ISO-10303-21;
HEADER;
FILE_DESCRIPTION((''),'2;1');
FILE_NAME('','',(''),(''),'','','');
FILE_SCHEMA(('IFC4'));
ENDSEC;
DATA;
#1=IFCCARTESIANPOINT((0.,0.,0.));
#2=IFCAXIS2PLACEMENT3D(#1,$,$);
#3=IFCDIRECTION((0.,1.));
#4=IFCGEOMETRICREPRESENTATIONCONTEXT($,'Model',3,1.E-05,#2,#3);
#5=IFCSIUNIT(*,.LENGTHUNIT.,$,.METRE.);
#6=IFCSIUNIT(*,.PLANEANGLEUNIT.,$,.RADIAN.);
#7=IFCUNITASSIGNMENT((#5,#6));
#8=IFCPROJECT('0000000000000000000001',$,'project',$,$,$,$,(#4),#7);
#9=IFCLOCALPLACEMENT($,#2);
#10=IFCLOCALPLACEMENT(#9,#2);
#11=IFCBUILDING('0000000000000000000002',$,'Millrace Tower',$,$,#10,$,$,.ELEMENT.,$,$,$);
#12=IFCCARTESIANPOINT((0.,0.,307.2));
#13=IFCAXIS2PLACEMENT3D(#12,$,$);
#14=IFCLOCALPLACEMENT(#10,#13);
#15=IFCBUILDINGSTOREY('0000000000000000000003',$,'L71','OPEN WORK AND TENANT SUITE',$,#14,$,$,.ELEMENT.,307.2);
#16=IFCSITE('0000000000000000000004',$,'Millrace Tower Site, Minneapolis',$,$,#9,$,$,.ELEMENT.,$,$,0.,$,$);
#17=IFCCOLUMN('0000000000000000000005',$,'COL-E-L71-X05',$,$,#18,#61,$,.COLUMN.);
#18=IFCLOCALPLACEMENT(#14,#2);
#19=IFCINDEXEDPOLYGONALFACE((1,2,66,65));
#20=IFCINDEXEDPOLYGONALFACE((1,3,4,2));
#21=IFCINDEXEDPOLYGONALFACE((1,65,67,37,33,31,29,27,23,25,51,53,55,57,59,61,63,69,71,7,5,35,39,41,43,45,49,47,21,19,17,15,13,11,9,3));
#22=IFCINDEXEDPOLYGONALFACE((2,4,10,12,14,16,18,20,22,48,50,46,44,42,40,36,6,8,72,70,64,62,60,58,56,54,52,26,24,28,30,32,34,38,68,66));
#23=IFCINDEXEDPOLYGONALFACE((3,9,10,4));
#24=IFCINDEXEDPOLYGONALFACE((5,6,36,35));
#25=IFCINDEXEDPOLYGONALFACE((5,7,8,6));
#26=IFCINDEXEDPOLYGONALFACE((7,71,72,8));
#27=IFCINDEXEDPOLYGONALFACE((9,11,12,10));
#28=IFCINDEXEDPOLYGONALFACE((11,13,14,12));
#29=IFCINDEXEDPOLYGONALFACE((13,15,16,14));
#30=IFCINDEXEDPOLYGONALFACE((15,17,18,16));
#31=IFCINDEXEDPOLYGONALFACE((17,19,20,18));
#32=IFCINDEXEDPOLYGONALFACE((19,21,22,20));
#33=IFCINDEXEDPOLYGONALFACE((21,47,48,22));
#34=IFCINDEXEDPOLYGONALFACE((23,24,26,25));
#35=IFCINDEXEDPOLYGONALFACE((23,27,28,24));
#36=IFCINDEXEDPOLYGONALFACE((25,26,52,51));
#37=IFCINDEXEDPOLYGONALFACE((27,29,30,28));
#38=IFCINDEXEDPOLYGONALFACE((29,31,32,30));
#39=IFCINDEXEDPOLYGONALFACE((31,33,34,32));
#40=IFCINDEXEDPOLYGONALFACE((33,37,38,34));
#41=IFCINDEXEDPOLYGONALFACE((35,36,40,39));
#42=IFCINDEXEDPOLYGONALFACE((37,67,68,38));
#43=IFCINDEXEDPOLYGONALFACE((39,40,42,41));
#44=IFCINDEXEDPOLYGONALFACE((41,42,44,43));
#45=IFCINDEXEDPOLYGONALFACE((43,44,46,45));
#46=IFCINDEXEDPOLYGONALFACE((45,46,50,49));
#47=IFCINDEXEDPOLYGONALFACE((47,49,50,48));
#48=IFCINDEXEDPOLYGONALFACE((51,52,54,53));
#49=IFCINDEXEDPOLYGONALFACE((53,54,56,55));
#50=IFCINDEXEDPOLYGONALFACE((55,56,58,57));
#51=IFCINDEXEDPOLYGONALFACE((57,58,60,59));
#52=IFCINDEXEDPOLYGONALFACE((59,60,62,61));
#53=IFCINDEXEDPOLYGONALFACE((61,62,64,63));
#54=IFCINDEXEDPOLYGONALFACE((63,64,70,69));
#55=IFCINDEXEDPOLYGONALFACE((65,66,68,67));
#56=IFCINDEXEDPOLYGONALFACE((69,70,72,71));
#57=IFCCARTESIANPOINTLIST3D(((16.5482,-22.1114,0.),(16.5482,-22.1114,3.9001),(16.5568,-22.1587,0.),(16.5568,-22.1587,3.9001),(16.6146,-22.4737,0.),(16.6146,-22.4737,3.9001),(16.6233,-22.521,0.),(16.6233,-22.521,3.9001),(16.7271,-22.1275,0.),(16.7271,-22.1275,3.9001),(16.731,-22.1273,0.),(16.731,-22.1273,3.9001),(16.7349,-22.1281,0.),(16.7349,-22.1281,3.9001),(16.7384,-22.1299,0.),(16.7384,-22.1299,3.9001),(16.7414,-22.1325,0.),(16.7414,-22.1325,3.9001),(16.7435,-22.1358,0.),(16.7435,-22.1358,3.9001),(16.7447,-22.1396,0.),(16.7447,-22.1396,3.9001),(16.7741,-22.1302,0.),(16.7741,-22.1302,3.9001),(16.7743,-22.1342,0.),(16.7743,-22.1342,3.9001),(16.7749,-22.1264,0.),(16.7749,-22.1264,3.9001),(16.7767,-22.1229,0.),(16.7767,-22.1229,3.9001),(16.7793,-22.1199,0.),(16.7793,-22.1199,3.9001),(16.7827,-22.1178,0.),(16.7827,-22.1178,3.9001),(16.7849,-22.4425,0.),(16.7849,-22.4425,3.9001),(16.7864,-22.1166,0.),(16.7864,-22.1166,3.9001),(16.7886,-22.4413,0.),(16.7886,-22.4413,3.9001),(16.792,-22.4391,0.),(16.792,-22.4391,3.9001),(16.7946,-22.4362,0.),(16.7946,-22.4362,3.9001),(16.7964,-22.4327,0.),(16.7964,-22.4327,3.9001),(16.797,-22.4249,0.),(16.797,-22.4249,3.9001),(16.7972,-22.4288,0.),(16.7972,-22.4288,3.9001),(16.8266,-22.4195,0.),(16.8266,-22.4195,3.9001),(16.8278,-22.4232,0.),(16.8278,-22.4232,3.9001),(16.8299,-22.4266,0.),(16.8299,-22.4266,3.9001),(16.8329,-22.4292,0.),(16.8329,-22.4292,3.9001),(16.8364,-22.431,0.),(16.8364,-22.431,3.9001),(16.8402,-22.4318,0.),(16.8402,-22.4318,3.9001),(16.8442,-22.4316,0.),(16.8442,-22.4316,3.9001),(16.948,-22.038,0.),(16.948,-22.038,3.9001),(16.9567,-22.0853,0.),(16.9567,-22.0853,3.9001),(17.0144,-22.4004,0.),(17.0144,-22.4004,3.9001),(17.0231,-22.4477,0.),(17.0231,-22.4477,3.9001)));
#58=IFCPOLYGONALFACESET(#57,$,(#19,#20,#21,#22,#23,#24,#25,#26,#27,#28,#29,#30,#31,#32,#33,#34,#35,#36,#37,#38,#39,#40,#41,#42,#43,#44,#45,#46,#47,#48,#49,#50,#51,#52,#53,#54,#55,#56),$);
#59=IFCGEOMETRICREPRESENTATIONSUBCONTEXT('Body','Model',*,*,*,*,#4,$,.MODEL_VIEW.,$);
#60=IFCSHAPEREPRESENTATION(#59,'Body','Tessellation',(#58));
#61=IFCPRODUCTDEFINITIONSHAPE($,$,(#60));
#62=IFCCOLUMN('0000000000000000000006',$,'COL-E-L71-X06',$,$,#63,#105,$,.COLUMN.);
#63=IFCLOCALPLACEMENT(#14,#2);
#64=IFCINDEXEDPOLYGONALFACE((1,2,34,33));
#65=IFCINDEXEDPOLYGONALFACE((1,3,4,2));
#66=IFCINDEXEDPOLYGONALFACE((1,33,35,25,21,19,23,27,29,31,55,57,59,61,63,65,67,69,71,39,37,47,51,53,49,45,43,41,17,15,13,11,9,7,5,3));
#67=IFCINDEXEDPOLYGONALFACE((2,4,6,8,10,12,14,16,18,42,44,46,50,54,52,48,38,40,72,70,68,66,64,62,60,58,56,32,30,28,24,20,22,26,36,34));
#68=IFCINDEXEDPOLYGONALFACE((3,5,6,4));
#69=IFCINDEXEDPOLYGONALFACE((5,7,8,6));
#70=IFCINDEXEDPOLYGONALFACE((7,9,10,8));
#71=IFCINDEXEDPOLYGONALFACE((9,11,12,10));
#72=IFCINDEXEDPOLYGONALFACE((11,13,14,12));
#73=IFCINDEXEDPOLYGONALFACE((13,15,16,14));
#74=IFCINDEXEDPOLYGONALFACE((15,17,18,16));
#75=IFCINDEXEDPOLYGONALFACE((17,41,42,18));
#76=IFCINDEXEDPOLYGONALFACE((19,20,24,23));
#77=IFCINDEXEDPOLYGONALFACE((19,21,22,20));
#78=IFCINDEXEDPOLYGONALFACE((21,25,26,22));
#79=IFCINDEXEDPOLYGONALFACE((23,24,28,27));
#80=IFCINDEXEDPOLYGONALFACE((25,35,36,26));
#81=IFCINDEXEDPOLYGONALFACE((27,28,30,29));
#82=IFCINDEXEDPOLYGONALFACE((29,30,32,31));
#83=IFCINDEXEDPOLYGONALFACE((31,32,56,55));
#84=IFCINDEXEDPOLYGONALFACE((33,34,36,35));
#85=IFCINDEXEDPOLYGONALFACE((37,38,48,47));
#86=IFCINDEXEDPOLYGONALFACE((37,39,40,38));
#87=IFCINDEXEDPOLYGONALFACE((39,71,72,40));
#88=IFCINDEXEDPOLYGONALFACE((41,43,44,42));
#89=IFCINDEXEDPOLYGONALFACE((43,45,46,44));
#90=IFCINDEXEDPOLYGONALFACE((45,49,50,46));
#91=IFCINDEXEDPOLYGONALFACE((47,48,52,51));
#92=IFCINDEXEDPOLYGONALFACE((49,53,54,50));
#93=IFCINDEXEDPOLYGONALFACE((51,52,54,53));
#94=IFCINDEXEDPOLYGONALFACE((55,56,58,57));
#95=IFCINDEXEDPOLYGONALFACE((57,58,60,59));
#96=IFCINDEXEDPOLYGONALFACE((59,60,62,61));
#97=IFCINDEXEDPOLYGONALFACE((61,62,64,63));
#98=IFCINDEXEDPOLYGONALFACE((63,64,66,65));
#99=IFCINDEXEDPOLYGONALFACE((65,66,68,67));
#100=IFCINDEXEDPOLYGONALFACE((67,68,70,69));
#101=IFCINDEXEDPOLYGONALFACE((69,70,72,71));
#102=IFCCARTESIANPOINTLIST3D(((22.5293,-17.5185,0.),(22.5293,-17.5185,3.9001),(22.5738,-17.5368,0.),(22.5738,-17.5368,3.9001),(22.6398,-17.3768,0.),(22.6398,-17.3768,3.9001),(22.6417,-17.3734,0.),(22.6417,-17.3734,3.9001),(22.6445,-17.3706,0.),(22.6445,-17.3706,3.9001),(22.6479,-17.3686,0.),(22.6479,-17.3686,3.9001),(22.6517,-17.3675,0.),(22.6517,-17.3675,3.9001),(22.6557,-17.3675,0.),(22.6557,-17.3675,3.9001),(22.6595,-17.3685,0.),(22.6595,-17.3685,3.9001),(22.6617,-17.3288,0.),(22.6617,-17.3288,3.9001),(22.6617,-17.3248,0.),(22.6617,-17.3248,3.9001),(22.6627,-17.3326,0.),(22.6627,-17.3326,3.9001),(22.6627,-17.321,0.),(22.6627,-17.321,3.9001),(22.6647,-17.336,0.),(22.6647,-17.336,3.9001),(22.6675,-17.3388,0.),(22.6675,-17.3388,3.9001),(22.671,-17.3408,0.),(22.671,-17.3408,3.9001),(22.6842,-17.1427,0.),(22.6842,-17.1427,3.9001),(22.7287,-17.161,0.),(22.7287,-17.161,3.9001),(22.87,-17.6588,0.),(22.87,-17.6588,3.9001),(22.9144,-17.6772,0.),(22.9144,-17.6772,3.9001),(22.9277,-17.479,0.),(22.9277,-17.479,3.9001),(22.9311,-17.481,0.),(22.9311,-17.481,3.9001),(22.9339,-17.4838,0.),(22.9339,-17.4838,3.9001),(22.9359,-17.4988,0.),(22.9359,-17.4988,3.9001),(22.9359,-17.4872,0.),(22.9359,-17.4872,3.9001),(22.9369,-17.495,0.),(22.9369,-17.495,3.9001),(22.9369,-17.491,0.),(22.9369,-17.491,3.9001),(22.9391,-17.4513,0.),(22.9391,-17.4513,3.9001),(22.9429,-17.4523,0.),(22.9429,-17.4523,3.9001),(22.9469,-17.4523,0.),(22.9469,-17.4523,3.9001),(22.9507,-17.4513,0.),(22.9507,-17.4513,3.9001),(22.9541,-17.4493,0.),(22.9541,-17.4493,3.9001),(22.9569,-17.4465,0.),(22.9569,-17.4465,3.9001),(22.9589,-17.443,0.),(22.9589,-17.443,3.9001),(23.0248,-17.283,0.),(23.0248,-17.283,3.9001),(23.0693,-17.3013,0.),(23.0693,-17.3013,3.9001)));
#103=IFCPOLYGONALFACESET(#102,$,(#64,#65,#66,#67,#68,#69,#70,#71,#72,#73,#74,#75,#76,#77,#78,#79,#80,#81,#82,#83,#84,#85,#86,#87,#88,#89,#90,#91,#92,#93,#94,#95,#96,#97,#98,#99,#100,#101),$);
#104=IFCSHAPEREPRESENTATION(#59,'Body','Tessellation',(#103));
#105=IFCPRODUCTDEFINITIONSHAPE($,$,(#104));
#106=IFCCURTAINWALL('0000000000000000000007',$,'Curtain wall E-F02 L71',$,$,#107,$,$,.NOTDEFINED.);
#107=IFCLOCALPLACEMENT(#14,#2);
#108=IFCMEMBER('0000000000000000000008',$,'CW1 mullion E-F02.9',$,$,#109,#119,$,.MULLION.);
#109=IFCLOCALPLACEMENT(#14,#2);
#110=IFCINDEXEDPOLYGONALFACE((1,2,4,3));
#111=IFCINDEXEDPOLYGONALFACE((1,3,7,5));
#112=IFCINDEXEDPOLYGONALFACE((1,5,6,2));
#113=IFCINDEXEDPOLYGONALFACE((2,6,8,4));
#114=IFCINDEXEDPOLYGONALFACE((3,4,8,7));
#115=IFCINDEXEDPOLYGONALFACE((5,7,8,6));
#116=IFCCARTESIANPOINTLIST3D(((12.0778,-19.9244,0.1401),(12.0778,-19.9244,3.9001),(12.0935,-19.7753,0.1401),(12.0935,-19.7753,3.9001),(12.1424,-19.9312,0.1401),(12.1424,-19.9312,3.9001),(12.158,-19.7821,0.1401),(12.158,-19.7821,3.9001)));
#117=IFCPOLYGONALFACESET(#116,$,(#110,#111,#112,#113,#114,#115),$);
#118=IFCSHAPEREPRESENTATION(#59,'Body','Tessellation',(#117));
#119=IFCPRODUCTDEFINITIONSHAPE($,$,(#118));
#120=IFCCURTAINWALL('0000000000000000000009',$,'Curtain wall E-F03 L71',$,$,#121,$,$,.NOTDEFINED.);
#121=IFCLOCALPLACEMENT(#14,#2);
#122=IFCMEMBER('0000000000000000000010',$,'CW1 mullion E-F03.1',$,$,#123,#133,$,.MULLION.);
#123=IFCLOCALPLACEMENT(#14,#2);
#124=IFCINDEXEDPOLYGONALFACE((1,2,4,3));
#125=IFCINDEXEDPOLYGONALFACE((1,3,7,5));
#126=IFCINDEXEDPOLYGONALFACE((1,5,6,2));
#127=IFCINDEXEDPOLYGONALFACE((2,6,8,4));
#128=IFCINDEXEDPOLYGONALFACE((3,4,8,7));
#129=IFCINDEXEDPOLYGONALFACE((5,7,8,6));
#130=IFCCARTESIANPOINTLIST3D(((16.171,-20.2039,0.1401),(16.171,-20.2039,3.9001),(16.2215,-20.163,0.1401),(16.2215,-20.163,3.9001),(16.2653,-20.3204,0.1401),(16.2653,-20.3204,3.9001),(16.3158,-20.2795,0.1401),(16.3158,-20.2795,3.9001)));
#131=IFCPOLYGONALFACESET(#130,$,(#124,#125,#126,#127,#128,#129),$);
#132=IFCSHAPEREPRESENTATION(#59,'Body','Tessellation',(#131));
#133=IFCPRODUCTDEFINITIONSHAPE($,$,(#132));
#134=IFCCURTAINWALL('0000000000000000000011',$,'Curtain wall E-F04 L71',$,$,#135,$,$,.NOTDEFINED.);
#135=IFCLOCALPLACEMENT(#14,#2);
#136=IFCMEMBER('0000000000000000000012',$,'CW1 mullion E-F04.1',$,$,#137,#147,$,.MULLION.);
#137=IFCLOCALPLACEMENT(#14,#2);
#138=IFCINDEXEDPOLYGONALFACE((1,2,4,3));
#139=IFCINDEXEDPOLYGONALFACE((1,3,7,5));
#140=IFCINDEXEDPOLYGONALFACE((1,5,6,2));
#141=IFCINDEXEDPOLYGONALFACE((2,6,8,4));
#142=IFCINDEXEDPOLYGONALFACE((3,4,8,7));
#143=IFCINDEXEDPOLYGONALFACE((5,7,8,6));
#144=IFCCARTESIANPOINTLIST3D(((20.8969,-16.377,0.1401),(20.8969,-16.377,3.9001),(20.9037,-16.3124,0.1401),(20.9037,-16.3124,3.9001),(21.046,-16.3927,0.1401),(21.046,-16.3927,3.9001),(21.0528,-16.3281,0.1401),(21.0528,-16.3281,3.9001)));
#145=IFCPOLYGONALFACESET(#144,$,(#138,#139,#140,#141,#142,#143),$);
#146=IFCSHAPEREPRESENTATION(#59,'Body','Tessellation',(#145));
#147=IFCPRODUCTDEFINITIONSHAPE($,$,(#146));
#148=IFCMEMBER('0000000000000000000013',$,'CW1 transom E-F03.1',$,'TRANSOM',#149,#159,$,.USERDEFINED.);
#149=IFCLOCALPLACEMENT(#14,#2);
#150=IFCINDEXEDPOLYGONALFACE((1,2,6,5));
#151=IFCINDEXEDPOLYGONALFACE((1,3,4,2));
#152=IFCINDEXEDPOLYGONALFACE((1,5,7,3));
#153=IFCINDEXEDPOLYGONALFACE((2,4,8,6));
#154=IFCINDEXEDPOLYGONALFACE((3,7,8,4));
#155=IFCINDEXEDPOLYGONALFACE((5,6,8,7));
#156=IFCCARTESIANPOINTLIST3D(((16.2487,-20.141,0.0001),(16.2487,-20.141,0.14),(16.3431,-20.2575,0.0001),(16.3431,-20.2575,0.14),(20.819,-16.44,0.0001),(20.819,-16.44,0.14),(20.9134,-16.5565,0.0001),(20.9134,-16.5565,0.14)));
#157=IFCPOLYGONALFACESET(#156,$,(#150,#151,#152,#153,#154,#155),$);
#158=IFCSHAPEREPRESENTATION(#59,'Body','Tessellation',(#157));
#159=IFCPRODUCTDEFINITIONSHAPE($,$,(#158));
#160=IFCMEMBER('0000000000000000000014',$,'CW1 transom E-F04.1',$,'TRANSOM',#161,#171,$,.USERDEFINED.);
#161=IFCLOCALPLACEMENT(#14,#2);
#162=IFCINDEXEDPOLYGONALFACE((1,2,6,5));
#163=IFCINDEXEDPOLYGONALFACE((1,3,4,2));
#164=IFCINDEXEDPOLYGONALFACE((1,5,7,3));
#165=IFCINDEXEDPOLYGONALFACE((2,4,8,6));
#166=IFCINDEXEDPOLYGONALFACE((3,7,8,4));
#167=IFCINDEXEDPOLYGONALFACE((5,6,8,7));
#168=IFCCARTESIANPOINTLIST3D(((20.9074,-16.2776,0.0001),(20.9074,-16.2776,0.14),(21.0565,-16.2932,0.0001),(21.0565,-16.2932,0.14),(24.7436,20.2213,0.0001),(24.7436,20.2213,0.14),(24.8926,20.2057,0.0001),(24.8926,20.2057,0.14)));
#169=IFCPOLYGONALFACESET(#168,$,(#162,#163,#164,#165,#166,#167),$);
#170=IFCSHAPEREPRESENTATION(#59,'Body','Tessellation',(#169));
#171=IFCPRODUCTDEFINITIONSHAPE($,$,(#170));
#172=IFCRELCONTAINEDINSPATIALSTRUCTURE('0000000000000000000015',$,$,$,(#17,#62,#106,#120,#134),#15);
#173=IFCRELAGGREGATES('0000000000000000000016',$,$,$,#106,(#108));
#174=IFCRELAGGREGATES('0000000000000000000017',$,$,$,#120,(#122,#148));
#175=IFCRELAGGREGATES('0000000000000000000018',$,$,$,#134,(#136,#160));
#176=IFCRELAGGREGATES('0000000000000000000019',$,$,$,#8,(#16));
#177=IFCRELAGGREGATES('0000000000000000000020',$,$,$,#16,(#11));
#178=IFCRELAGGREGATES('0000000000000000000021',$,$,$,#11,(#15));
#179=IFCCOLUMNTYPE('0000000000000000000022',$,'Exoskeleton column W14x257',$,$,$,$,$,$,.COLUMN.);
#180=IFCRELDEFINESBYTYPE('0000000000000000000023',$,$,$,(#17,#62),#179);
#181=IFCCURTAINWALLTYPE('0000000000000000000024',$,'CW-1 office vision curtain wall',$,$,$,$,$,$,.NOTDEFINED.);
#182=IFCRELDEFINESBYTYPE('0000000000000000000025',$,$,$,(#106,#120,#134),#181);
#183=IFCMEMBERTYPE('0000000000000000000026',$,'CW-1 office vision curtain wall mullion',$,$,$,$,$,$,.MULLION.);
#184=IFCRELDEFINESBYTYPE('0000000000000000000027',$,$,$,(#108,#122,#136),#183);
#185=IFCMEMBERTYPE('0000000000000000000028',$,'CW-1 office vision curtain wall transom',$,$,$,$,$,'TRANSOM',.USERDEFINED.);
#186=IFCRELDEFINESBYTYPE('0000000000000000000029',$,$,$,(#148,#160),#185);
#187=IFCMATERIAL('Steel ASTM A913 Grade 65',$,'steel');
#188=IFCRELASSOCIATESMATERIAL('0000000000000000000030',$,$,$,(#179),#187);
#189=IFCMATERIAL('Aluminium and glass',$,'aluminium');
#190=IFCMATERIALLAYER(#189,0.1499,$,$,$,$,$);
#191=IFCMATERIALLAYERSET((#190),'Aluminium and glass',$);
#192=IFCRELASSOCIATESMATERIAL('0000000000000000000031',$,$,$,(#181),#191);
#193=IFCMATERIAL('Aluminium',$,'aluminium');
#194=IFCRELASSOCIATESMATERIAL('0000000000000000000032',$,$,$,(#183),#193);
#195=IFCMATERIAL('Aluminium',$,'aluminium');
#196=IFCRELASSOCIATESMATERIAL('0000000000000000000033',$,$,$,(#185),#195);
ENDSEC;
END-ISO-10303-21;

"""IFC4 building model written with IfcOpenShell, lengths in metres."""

from ifc_helpers import new_model, si_unit, direction, frame, origin, origin_2d, place, context, subcontext, project, spatial, rectangle, i_section, extrude, material, layer, layer_set, material_profile, profile_set, type_object, element, aggregate, save


model = new_model("IFC4")

# Units and contexts
model_context = context("Model", 3, precision=1e-05, world=origin(), true_north=direction((0.0, 1.0)))
body_context = subcontext(model_context, "Body", "Model", "MODEL_VIEW")
ifc_project = project(units=[si_unit("LENGTHUNIT", "METRE"), si_unit("PLANEANGLEUNIT", "RADIAN")], contexts=[model_context])

# Site, building, storey
site_placement = place(None, origin())
site = spatial("IfcSite", under=ifc_project, at=site_placement, Name="Millrace Tower Site, Minneapolis", CompositionType="ELEMENT", RefElevation=0.0)
building_placement = place(site_placement, origin())
building = spatial("IfcBuilding", under=site, at=building_placement, Name="Millrace Tower", CompositionType="ELEMENT")
storey_placement = place(building_placement, frame((0.0, 0.0, 307.2)))
storey = spatial("IfcBuildingStorey", under=building, at=storey_placement, Name="L71", Description="OPEN WORK AND TENANT SUITE", CompositionType="ELEMENT", Elevation=307.2)

# Columns
ifc_material_1 = material(Name="Steel ASTM A913 Grade 65", Category="steel")
ifc_material_profile_1 = material_profile(ifc_material_1, i_section(OverallWidth=0.4065, OverallDepth=0.4165, WebThickness=0.03, FlangeThickness=0.0481, FilletRadius=0.0151, at=origin_2d()))
ifc_profile_set_1 = profile_set([ifc_material_profile_1], Name="Steel ASTM A913 Grade 65")
column_type = type_object("IfcColumnType", Name="Exoskeleton column W14x257", PredefinedType="COLUMN", material=ifc_profile_set_1)
for number, where, z_axis, x_axis, name in (
    (1, (16.7856, -22.2795, 0.0), (0.0, 0.0, 1.0), (0.983596, 0.180387, 0.0), "COL-E-L71-X05"),
    (2, (22.7993, -17.4099, 0.0), (0.0, 0.0, 1.0), (0.380947, 0.924597, 0.0), "COL-E-L71-X06"),
):
    element("IfcColumn", number, at=place(storey_placement, frame(where, z_axis=z_axis, x_axis=x_axis)), inside=storey, type_object=column_type, Name=name, PredefinedType="COLUMN", context=body_context, shape_type="SweptSolid", body=[
        extrude(i_section(OverallWidth=0.4065, OverallDepth=0.4165, WebThickness=0.03, FlangeThickness=0.0481, FilletRadius=0.0151, at=origin_2d()), origin(), (0.0, 0.0, 1.0), 3.9001),
    ])

# Curtain walls, members
ifc_material_2 = material(Name="Aluminium and glass", Category="aluminium")
ifc_layer_1 = layer(ifc_material_2, 0.1499)
ifc_layer_set_1 = layer_set([ifc_layer_1], Name="Aluminium and glass")
curtain_wall_type = type_object("IfcCurtainWallType", Name="CW-1 office vision curtain wall", PredefinedType="NOTDEFINED", material=ifc_layer_set_1)
placement = place(storey_placement, origin())
curtain_wall_1 = element("IfcCurtainWall", 3, at=placement, inside=storey, type_object=curtain_wall_type, Name="Curtain wall E-F02 L71", PredefinedType="NOTDEFINED")
ifc_material_3 = material(Name="Aluminium", Category="aluminium")
ifc_material_profile_2 = material_profile(ifc_material_3, rectangle(XDim=0.0649, YDim=0.1499, at=origin_2d()))
ifc_profile_set_2 = profile_set([ifc_material_profile_2], Name="Aluminium")
member_type_1 = type_object("IfcMemberType", Name="CW-1 office vision curtain wall mullion", PredefinedType="MULLION", material=ifc_profile_set_2)
member_1_placement = place(storey_placement, frame((12.1179, -19.8533, 0.1401), z_axis=(0.0, 0.0, 1.0), x_axis=(0.994522, -0.104528, 0.0)))
member_1 = element("IfcMember", 4, at=member_1_placement, type_object=member_type_1, Name="CW1 mullion E-F02.9", PredefinedType="MULLION", context=body_context, shape_type="SweptSolid", body=[
    extrude(rectangle(XDim=0.0649, YDim=0.1499, at=origin_2d()), origin(), (0.0, 0.0, 1.0), 3.76),
])
aggregate(curtain_wall_1, [member_1])
curtain_wall_2 = element("IfcCurtainWall", 5, at=placement, inside=storey, type_object=curtain_wall_type, Name="Curtain wall E-F03 L71", PredefinedType="NOTDEFINED")
member_2_placement = place(storey_placement, frame((16.2434, -20.2417, 0.1401), z_axis=(0.0, 0.0, 1.0), x_axis=(0.777146, 0.62932, 0.0)))
member_2 = element("IfcMember", 6, at=member_2_placement, type_object=member_type_1, Name="CW1 mullion E-F03.1", PredefinedType="MULLION", context=body_context, shape_type="SweptSolid", body=[
    extrude(rectangle(XDim=0.0649, YDim=0.1499, at=origin_2d()), origin(), (0.0, 0.0, 1.0), 3.76),
])
curtain_wall_3 = element("IfcCurtainWall", 7, at=placement, inside=storey, type_object=curtain_wall_type, Name="Curtain wall E-F04 L71", PredefinedType="NOTDEFINED")
member_3_placement = place(storey_placement, frame((20.9749, -16.3525, 0.1401), z_axis=(0.0, 0.0, 1.0), x_axis=(0.104528, 0.994522, 0.0)))
member_3 = element("IfcMember", 8, at=member_3_placement, type_object=member_type_1, Name="CW1 mullion E-F04.1", PredefinedType="MULLION", context=body_context, shape_type="SweptSolid", body=[
    extrude(rectangle(XDim=0.0649, YDim=0.1499, at=origin_2d()), origin(), (0.0, 0.0, 1.0), 3.76),
])

# Members
ifc_material_4 = material(Name="Aluminium", Category="aluminium")
ifc_material_profile_3 = material_profile(ifc_material_4, rectangle(XDim=0.1499, YDim=0.1399, at=origin_2d()))
ifc_profile_set_3 = profile_set([ifc_material_profile_3], Name="Aluminium")
member_type_2 = type_object("IfcMemberType", Name="CW-1 office vision curtain wall transom", ElementType="TRANSOM", PredefinedType="USERDEFINED", material=ifc_profile_set_3)
member_4_placement = place(storey_placement, frame((16.2959, -20.1992, 0.0701), z_axis=(0.777149, 0.629316, 0.0), x_axis=(-0.629316, 0.777149, 0.0)))
member_4 = element("IfcMember", 9, at=member_4_placement, type_object=member_type_2, Name="CW1 transom E-F03.1", ObjectType="TRANSOM", PredefinedType="USERDEFINED", context=body_context, shape_type="SweptSolid", body=[
    extrude(rectangle(XDim=0.1499, YDim=0.1399, at=origin_2d()), origin(), (0.0, 0.0, 1.0), 5.8809),
])
aggregate(curtain_wall_2, [member_2, member_4])
member_5_placement = place(storey_placement, frame((20.9819, -16.2854, 0.0701), z_axis=(0.104528, 0.994522, 0.0), x_axis=(-0.994522, 0.104528, 0.0)))
member_5 = element("IfcMember", 10, at=member_5_placement, type_object=member_type_2, Name="CW1 transom E-F04.1", ObjectType="TRANSOM", PredefinedType="USERDEFINED", context=body_context, shape_type="SweptSolid", body=[
    extrude(rectangle(XDim=0.1499, YDim=0.1399, at=origin_2d()), origin(), (0.0, 0.0, 1.0), 36.7),
])
aggregate(curtain_wall_3, [member_3, member_5])

save(model, "model.ifc")
